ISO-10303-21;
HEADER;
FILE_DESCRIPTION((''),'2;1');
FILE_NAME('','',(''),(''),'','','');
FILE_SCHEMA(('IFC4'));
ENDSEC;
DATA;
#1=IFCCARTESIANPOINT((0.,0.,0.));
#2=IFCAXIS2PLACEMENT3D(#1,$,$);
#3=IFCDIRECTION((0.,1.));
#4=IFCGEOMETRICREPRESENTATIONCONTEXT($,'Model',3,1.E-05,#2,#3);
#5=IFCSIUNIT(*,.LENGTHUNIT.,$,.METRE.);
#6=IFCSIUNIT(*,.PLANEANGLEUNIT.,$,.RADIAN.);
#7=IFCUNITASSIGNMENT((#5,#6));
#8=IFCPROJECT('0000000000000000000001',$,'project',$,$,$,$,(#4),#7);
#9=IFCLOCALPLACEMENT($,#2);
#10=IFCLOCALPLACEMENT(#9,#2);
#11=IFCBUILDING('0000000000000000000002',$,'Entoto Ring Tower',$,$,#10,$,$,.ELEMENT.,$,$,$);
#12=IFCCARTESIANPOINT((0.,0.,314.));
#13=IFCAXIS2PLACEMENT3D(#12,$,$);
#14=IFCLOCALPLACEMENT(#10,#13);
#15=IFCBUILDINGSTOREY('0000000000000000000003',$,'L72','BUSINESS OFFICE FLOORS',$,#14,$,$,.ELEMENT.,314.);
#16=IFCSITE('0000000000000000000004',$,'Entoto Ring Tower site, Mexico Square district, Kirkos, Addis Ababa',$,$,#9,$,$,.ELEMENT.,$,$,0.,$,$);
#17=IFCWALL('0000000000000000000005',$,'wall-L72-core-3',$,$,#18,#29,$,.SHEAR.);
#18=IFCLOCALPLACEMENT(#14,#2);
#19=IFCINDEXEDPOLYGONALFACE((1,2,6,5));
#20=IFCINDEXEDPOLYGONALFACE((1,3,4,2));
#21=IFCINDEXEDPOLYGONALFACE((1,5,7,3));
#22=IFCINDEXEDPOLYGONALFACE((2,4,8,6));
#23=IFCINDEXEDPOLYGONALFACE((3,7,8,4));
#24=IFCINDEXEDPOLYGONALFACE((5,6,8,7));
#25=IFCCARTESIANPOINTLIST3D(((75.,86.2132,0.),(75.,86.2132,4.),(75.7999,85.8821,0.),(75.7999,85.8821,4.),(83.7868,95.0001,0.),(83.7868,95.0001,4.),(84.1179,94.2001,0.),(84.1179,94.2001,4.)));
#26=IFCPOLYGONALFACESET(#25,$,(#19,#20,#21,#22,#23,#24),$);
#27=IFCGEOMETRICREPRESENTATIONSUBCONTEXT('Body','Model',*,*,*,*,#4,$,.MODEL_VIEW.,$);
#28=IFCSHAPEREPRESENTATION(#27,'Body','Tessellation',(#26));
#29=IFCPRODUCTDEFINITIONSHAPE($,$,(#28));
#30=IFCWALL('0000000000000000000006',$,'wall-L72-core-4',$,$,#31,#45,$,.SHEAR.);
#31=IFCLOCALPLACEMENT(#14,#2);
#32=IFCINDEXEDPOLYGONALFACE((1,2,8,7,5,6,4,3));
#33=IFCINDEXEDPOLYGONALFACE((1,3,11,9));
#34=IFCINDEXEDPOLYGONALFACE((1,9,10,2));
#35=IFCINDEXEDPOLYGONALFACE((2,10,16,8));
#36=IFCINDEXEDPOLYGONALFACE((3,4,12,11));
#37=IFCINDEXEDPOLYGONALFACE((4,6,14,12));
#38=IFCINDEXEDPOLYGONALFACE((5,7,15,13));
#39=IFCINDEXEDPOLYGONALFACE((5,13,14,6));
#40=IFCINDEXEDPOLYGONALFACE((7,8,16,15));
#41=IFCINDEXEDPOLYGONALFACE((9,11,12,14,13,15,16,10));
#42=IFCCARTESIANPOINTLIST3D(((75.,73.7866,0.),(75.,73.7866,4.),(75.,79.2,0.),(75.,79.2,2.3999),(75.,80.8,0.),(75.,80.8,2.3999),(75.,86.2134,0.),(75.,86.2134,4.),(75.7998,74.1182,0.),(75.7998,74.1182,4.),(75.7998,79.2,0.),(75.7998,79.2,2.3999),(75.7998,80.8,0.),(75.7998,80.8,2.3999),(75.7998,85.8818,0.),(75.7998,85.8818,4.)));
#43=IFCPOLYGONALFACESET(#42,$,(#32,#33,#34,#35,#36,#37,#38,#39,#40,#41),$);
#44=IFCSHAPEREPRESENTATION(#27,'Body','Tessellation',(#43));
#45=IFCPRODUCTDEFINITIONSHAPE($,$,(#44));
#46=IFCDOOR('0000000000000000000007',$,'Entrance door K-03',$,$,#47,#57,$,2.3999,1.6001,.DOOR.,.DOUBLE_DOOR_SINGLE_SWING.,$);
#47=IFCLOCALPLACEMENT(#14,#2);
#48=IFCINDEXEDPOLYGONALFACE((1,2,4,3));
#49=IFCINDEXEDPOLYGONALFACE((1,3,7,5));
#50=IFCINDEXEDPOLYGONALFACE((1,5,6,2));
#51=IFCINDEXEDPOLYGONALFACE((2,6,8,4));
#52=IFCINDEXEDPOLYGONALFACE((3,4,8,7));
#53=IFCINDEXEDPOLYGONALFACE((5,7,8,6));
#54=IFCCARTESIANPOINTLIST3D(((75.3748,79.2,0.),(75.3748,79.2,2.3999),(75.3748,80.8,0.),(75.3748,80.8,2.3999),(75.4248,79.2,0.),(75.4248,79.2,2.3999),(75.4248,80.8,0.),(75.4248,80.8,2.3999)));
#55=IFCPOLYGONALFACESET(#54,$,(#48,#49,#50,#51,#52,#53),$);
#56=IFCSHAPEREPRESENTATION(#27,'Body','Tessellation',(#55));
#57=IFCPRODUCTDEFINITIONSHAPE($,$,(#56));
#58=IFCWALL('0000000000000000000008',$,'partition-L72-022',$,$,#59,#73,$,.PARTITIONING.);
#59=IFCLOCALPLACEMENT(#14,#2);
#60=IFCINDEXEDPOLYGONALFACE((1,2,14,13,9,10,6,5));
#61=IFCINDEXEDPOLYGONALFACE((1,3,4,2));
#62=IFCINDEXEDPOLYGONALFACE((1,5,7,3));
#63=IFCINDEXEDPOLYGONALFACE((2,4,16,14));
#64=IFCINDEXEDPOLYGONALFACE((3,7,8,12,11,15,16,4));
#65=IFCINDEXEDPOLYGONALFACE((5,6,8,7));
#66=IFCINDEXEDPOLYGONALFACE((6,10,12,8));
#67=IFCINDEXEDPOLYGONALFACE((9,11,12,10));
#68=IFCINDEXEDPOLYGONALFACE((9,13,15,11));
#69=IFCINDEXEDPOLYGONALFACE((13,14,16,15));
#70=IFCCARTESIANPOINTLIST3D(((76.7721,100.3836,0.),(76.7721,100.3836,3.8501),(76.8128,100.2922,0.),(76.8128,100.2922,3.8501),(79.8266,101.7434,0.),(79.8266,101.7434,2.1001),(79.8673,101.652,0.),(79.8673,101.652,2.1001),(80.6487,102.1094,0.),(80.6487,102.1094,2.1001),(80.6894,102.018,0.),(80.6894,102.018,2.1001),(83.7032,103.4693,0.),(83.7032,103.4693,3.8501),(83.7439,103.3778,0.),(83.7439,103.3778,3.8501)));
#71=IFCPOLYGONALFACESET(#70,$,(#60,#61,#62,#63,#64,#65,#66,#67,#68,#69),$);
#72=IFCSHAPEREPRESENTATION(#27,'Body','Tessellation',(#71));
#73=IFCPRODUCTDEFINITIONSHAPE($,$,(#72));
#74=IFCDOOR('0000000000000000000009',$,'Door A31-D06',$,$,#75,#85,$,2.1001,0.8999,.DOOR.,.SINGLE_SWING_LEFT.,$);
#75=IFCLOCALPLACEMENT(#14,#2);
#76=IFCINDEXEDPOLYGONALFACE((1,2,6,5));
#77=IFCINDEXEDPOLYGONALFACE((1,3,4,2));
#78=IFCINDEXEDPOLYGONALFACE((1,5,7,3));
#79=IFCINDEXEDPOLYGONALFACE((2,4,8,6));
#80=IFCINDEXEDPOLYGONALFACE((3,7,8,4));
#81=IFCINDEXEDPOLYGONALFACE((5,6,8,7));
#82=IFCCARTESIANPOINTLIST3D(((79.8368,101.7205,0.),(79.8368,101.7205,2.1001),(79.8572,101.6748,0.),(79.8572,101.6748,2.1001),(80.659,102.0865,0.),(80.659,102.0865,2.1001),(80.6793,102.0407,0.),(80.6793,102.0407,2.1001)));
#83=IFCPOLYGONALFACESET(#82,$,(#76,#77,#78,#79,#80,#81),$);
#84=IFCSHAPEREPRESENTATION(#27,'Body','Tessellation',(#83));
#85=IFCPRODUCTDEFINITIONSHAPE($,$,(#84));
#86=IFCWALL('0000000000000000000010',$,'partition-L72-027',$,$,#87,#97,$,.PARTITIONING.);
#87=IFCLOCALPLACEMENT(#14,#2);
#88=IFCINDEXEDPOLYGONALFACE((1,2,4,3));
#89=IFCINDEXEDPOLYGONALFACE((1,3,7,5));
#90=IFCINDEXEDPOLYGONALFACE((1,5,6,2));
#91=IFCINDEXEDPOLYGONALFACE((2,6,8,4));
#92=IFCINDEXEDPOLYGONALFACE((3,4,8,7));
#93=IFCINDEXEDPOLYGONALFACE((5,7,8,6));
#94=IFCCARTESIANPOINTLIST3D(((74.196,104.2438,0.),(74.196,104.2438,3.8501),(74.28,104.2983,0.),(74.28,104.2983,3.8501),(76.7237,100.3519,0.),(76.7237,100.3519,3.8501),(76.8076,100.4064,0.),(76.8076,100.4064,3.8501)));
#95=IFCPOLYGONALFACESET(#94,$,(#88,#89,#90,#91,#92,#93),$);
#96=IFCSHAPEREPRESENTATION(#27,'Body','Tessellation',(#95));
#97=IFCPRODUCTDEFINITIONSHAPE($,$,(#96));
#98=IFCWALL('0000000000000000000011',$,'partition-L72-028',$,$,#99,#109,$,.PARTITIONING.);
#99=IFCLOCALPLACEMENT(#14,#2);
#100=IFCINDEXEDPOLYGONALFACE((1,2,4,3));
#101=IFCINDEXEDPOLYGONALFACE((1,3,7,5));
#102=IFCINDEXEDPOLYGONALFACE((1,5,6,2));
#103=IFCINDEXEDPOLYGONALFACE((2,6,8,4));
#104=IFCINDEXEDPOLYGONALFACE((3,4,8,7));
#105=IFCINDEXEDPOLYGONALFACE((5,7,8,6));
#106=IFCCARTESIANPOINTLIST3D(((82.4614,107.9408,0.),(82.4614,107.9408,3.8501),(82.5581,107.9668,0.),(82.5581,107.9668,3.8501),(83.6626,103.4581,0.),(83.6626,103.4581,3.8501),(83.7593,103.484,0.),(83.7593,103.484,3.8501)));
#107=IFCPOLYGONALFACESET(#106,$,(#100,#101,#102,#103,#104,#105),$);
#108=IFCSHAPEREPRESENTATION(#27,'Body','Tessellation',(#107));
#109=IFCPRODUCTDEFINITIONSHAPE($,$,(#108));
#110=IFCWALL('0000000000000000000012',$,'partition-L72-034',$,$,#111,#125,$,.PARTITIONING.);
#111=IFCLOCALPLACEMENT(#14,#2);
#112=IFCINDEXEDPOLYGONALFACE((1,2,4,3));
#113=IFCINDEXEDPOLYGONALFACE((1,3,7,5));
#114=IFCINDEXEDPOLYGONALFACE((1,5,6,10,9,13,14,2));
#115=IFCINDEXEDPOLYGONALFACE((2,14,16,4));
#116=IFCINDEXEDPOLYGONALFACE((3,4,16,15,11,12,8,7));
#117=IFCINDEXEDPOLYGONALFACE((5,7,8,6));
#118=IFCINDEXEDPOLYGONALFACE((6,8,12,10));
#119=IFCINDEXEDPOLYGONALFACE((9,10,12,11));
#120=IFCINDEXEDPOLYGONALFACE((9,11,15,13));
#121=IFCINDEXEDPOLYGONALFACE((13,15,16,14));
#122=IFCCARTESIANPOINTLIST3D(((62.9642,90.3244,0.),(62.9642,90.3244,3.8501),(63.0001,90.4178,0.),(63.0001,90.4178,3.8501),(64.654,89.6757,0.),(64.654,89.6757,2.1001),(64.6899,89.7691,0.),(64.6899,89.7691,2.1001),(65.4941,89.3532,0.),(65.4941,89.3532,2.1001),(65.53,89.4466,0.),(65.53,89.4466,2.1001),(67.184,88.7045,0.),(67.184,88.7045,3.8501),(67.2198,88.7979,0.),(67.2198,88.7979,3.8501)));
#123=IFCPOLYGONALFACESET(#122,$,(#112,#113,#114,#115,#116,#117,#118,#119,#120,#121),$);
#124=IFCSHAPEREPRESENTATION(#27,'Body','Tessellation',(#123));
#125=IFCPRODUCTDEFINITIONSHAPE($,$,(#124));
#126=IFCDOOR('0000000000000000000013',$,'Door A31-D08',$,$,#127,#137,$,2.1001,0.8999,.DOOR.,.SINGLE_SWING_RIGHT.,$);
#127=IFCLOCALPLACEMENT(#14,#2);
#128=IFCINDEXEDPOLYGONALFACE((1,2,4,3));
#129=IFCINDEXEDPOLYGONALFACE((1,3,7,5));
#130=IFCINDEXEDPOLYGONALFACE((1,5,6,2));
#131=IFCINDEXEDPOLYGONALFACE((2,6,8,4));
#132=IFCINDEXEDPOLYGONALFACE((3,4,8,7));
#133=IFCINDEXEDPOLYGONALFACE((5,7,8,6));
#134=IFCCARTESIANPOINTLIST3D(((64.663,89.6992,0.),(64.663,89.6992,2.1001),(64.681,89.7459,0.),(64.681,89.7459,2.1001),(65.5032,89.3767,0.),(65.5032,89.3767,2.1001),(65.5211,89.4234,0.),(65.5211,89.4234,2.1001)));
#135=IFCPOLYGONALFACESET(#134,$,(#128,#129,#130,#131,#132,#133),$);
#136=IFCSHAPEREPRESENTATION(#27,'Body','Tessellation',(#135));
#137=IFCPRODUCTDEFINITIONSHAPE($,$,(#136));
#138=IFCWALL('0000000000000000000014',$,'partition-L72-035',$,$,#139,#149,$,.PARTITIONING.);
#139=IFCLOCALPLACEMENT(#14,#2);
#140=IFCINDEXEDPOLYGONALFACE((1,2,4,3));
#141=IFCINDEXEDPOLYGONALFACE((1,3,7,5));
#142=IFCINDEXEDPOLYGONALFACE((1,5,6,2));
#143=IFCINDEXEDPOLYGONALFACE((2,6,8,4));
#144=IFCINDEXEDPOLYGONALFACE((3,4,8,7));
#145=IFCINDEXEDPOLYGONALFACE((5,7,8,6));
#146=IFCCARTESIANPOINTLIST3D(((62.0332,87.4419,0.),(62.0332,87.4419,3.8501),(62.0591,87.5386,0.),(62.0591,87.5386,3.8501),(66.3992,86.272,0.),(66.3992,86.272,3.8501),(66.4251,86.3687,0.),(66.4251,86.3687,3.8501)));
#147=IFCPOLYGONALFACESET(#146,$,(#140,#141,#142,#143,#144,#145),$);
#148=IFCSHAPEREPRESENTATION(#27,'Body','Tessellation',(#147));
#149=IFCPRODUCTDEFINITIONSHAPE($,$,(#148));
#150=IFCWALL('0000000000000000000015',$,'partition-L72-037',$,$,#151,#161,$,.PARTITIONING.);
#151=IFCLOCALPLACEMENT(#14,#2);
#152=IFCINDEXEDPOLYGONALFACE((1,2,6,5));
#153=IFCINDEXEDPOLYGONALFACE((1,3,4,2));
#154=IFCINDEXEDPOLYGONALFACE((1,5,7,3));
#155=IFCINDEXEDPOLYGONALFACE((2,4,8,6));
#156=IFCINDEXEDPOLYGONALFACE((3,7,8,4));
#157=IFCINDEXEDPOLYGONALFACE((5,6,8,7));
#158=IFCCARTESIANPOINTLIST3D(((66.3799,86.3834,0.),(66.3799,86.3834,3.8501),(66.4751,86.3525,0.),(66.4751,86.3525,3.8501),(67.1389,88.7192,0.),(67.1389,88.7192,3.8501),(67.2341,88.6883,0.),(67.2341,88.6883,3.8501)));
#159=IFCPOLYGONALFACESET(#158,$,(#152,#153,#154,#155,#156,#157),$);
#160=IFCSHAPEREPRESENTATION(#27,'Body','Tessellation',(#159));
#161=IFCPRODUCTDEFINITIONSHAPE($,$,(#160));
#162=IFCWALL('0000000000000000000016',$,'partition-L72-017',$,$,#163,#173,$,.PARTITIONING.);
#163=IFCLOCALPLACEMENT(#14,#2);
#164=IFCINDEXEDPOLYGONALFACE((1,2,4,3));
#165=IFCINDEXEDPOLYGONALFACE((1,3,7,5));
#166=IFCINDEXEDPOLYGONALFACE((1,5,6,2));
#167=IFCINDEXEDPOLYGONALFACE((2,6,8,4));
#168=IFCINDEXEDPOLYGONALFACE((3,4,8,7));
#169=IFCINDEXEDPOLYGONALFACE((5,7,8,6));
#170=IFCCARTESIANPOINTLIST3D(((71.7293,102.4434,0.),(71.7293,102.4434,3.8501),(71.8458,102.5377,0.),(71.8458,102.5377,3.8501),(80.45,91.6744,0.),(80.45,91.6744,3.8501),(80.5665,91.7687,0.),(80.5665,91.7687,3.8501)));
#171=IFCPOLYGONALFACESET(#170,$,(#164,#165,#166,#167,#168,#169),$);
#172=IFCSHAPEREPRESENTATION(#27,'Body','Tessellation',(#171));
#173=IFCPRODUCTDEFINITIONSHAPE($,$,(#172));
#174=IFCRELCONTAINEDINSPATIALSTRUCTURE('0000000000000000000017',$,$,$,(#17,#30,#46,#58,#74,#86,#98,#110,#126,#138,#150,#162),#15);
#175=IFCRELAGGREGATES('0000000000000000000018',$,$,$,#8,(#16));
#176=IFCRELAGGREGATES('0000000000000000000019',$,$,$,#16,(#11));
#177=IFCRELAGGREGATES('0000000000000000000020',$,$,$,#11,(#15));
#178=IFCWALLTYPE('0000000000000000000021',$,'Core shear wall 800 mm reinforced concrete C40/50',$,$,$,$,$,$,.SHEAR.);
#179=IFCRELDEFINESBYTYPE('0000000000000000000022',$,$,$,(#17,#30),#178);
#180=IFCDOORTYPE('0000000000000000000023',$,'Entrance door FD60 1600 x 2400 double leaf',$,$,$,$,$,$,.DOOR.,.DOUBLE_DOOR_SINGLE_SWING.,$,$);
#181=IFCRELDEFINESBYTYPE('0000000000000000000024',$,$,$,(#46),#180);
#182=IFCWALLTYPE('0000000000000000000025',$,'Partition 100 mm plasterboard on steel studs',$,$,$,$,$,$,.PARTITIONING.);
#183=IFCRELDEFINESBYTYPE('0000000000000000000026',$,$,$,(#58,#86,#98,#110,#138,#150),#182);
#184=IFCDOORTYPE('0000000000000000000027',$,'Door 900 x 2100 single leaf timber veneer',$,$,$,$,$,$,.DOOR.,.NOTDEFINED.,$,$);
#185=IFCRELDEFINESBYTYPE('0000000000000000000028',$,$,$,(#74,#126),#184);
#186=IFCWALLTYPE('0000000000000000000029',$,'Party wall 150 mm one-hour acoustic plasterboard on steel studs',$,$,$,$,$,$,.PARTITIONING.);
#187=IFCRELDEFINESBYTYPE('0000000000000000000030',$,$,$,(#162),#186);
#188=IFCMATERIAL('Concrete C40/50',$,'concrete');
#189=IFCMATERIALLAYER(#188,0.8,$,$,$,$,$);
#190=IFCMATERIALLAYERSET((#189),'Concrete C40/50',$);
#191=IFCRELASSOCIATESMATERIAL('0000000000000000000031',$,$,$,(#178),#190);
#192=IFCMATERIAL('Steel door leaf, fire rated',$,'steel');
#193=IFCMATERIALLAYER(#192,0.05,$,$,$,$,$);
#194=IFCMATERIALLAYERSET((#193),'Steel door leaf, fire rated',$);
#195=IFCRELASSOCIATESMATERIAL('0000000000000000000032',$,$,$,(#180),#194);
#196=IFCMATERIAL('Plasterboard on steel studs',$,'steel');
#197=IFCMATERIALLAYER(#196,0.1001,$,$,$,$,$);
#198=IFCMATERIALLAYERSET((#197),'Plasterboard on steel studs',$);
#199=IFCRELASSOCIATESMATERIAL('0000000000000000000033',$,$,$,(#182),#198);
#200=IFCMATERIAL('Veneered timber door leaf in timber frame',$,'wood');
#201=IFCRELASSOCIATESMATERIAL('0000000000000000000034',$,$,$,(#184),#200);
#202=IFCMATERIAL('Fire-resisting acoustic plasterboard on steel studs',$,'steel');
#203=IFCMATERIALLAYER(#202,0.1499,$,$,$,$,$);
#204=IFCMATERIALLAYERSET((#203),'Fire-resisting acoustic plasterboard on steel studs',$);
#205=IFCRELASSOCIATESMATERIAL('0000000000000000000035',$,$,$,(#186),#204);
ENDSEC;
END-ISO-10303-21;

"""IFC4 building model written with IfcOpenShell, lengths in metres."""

from ifc_helpers import new_model, si_unit, direction, frame, frame_2d, origin, place, context, subcontext, project, spatial, polyline, rectangle, outline, extrude, material, layer, layer_set, type_object, element, fill, save


model = new_model("IFC4")

# Units and contexts
model_context = context("Model", 3, precision=1e-05, world=origin(), true_north=direction((0.0, 1.0)))
body_context = subcontext(model_context, "Body", "Model", "MODEL_VIEW")
ifc_project = project(units=[si_unit("LENGTHUNIT", "METRE"), si_unit("PLANEANGLEUNIT", "RADIAN")], contexts=[model_context])

# Site, building, storey
site_placement = place(None, origin())
site = spatial("IfcSite", under=ifc_project, at=site_placement, Name="Entoto Ring Tower site, Mexico Square district, Kirkos, Addis Ababa", CompositionType="ELEMENT", RefElevation=0.0)
building_placement = place(site_placement, origin())
building = spatial("IfcBuilding", under=site, at=building_placement, Name="Entoto Ring Tower", CompositionType="ELEMENT")
storey_placement = place(building_placement, frame((0.0, 0.0, 314.0)))
storey = spatial("IfcBuildingStorey", under=building, at=storey_placement, Name="L72", Description="BUSINESS OFFICE FLOORS", CompositionType="ELEMENT", Elevation=314.0)

# Wall
ifc_material_1 = material(Name="Concrete C40/50", Category="concrete")
ifc_layer_1 = layer(ifc_material_1, 0.8)
ifc_layer_set_1 = layer_set([ifc_layer_1], Name="Concrete C40/50")
wall_type_1 = type_object("IfcWallType", Name="Core shear wall 800 mm reinforced concrete C40/50", PredefinedType="SHEAR", material=ifc_layer_set_1)
wall_1_placement = place(storey_placement, frame((83.9524, 94.6001, 0.0), z_axis=(0.0, 0.0, 1.0), x_axis=(-0.707107, -0.707107, 0.0)))
element("IfcWall", 1, at=wall_1_placement, inside=storey, type_object=wall_type_1, Name="wall-L72-core-3", PredefinedType="SHEAR", context=body_context, shape_type="SweptSolid", body=[
    extrude(outline(polyline([(-0.1658, -0.3999), (12.2607, -0.3999), (11.9292, 0.3999), (0.1658, 0.3999), (-0.1658, -0.3999)])), origin(), (0.0, 0.0, 1.0), 4.0),
])

# Walls, openings, doors
wall_2_placement = place(storey_placement, frame((75.3999, 86.0476, 0.0), z_axis=(0.0, 0.0, 1.0), x_axis=(0.0, -1.0, 0.0)))
wall_2 = element("IfcWall", 2, at=wall_2_placement, inside=storey, type_object=wall_type_1, Name="wall-L72-core-4", PredefinedType="SHEAR", context=body_context, shape_type="SweptSolid", body=[
    extrude(outline(polyline([(-0.1658, -0.3999), (12.261, -0.3999), (11.9294, 0.3999), (0.1658, 0.3999), (-0.1658, -0.3999)])), origin(), (0.0, 0.0, 1.0), 4.0),
])
opening_1_placement = place(wall_2_placement, frame((5.2476, 0.0, 0.0)))
opening_1 = element("IfcOpeningElement", 3, at=opening_1_placement, cuts=wall_2, PredefinedType="OPENING", context=body_context, shape_type="SweptSolid", body=[
    extrude(rectangle(XDim=1.6001, YDim=2.3999, at=frame_2d((0.8, 1.2))), frame((0.0, 0.4102, 0.0), z_axis=(0.0, -1.0, 0.0), x_axis=(1.0, 0.0, 0.0)), (0.0, 0.0, 1.0), 0.8201),
])
ifc_material_2 = material(Name="Steel door leaf, fire rated", Category="steel")
ifc_layer_2 = layer(ifc_material_2, 0.05)
ifc_layer_set_2 = layer_set([ifc_layer_2], Name="Steel door leaf, fire rated")
door_type_1 = type_object("IfcDoorType", Name="Entrance door FD60 1600 x 2400 double leaf", OperationType="DOUBLE_DOOR_SINGLE_SWING", PredefinedType="DOOR", material=ifc_layer_set_2)
door_1_placement = place(opening_1_placement, origin())
door_1 = element("IfcDoor", 4, at=door_1_placement, inside=storey, type_object=door_type_1, Name="Entrance door K-03", OperationType="DOUBLE_DOOR_SINGLE_SWING", OverallHeight=2.3999, OverallWidth=1.6001, PredefinedType="DOOR", context=body_context, shape_type="SweptSolid", body=[
    extrude(rectangle(XDim=1.6001, YDim=2.3999, at=frame_2d((0.8, 1.2))), frame((0.0, 0.0249, 0.0), z_axis=(0.0, -1.0, 0.0), x_axis=(1.0, 0.0, 0.0)), (0.0, 0.0, 1.0), 0.05),
])
fill(opening_1, door_1)
ifc_material_3 = material(Name="Plasterboard on steel studs", Category="steel")
ifc_layer_3 = layer(ifc_material_3, 0.1001)
ifc_layer_set_3 = layer_set([ifc_layer_3], Name="Plasterboard on steel studs")
wall_type_2 = type_object("IfcWallType", Name="Partition 100 mm plasterboard on steel studs", PredefinedType="PARTITIONING", material=ifc_layer_set_3)
wall_3_placement = place(storey_placement, frame((76.7925, 100.3379, 0.0), z_axis=(0.0, 0.0, 1.0), x_axis=(0.913558, 0.406709, 0.0)))
wall_3 = element("IfcWall", 5, at=wall_3_placement, inside=storey, type_object=wall_type_2, Name="partition-L72-022", PredefinedType="PARTITIONING", context=body_context, shape_type="SweptSolid", body=[
    extrude(rectangle(XDim=7.5869, YDim=0.1001, at=frame_2d((3.7935, 0.0))), origin(), (0.0, 0.0, 1.0), 3.8501),
])
opening_2_placement = place(wall_3_placement, frame((3.3435, 0.0, 0.0)))
opening_2 = element("IfcOpeningElement", 6, at=opening_2_placement, cuts=wall_3, PredefinedType="OPENING", context=body_context, shape_type="SweptSolid", body=[
    extrude(rectangle(XDim=0.8999, YDim=2.1001, at=frame_2d((0.45, 1.05))), frame((0.0, 0.0601, 0.0), z_axis=(0.0, -1.0, 0.0), x_axis=(1.0, 0.0, 0.0)), (0.0, 0.0, 1.0), 0.1201),
])
ifc_material_4 = material(Name="Veneered timber door leaf in timber frame", Category="wood")
door_type_2 = type_object("IfcDoorType", Name="Door 900 x 2100 single leaf timber veneer", OperationType="NOTDEFINED", PredefinedType="DOOR", material=ifc_material_4)
door_2_placement = place(opening_2_placement, origin())
door_2 = element("IfcDoor", 7, at=door_2_placement, inside=storey, type_object=door_type_2, Name="Door A31-D06", OperationType="SINGLE_SWING_LEFT", OverallHeight=2.1001, OverallWidth=0.8999, PredefinedType="DOOR", context=body_context, shape_type="SweptSolid", body=[
    extrude(rectangle(XDim=0.8999, YDim=2.1001, at=frame_2d((0.45, 1.05))), frame((0.0, 0.0249, 0.0), z_axis=(0.0, -1.0, 0.0), x_axis=(1.0, 0.0, 0.0)), (0.0, 0.0, 1.0), 0.05),
])
fill(opening_2, door_2)

# Walls
wall_4_placement = place(storey_placement, frame((76.7656, 100.3792, 0.0), z_axis=(0.0, 0.0, 1.0), x_axis=(-0.544668, 0.838651, 0.0)))
element("IfcWall", 8, at=wall_4_placement, inside=storey, type_object=wall_type_2, Name="partition-L72-027", PredefinedType="PARTITIONING", context=body_context, shape_type="SweptSolid", body=[
    extrude(rectangle(XDim=4.6406, YDim=0.1001, at=frame_2d((2.3203, 0.0))), origin(), (0.0, 0.0, 1.0), 3.8501),
])
wall_5_placement = place(storey_placement, frame((83.7109, 103.4712, 0.0), z_axis=(0.0, 0.0, 1.0), x_axis=(-0.258828, 0.965923, 0.0)))
element("IfcWall", 9, at=wall_5_placement, inside=storey, type_object=wall_type_2, Name="partition-L72-028", PredefinedType="PARTITIONING", context=body_context, shape_type="SweptSolid", body=[
    extrude(rectangle(XDim=4.6409, YDim=0.1001, at=frame_2d((2.3203, 0.0))), origin(), (0.0, 0.0, 1.0), 3.8501),
])

# Wall, opening, door
wall_6_placement = place(storey_placement, frame((67.2019, 88.7512, 0.0), z_axis=(0.0, 0.0, 1.0), x_axis=(-0.933575, 0.358382, 0.0)))
wall_6 = element("IfcWall", 10, at=wall_6_placement, inside=storey, type_object=wall_type_2, Name="partition-L72-034", PredefinedType="PARTITIONING", context=body_context, shape_type="SweptSolid", body=[
    extrude(rectangle(XDim=4.52, YDim=0.1001, at=frame_2d((2.26, 0.0))), origin(), (0.0, 0.0, 1.0), 3.8501),
])
opening_3_placement = place(wall_6_placement, frame((1.8101, 0.0, 0.0)))
opening_3 = element("IfcOpeningElement", 11, at=opening_3_placement, cuts=wall_6, PredefinedType="OPENING", context=body_context, shape_type="SweptSolid", body=[
    extrude(rectangle(XDim=0.8999, YDim=2.1001, at=frame_2d((0.45, 1.05))), frame((0.0, 0.0601, 0.0), z_axis=(0.0, -1.0, 0.0), x_axis=(1.0, 0.0, 0.0)), (0.0, 0.0, 1.0), 0.1201),
])
door_3_placement = place(opening_3_placement, origin())
door_3 = element("IfcDoor", 12, at=door_3_placement, inside=storey, type_object=door_type_2, Name="Door A31-D08", OperationType="SINGLE_SWING_RIGHT", OverallHeight=2.1001, OverallWidth=0.8999, PredefinedType="DOOR", context=body_context, shape_type="SweptSolid", body=[
    extrude(rectangle(XDim=0.8999, YDim=2.1001, at=frame_2d((0.45, 1.05))), frame((0.0, 0.0249, 0.0), z_axis=(0.0, -1.0, 0.0), x_axis=(1.0, 0.0, 0.0)), (0.0, 0.0, 1.0), 0.05),
])
fill(opening_3, door_3)

# Walls
wall_7_placement = place(storey_placement, frame((66.4121, 86.3203, 0.0), z_axis=(0.0, 0.0, 1.0), x_axis=(-0.965922, 0.258832, 0.0)))
element("IfcWall", 13, at=wall_7_placement, inside=storey, type_object=wall_type_2, Name="partition-L72-035", PredefinedType="PARTITIONING", context=body_context, shape_type="SweptSolid", body=[
    extrude(rectangle(XDim=4.52, YDim=0.1001, at=frame_2d((2.26, 0.0))), origin(), (0.0, 0.0, 1.0), 3.8501),
])
wall_8_placement = place(storey_placement, frame((66.4275, 86.3679, 0.0), z_axis=(0.0, 0.0, 1.0), x_axis=(0.309032, 0.951052, 0.0)))
element("IfcWall", 14, at=wall_8_placement, inside=storey, type_object=wall_type_2, Name="partition-L72-037", PredefinedType="PARTITIONING", context=body_context, shape_type="SweptSolid", body=[
    extrude(rectangle(XDim=2.4561, YDim=0.1001, at=frame_2d((1.228, 0.0))), origin(), (0.0, 0.0, 1.0), 3.8501),
])
ifc_material_5 = material(Name="Fire-resisting acoustic plasterboard on steel studs", Category="steel")
ifc_layer_4 = layer(ifc_material_5, 0.1499)
ifc_layer_set_4 = layer_set([ifc_layer_4], Name="Fire-resisting acoustic plasterboard on steel studs")
wall_type_3 = type_object("IfcWallType", Name="Party wall 150 mm one-hour acoustic plasterboard on steel studs", PredefinedType="PARTITIONING", material=ifc_layer_set_4)
wall_9_placement = place(storey_placement, frame((80.5083, 91.7214, 0.0), z_axis=(0.0, 0.0, 1.0), x_axis=(-0.629325, 0.777142, 0.0)))
element("IfcWall", 15, at=wall_9_placement, inside=storey, type_object=wall_type_3, Name="partition-L72-017", PredefinedType="PARTITIONING", context=body_context, shape_type="SweptSolid", body=[
    extrude(rectangle(XDim=13.8572, YDim=0.1499, at=frame_2d((6.9287, 0.0))), origin(), (0.0, 0.0, 1.0), 3.8501),
])

save(model, "model.ifc")
